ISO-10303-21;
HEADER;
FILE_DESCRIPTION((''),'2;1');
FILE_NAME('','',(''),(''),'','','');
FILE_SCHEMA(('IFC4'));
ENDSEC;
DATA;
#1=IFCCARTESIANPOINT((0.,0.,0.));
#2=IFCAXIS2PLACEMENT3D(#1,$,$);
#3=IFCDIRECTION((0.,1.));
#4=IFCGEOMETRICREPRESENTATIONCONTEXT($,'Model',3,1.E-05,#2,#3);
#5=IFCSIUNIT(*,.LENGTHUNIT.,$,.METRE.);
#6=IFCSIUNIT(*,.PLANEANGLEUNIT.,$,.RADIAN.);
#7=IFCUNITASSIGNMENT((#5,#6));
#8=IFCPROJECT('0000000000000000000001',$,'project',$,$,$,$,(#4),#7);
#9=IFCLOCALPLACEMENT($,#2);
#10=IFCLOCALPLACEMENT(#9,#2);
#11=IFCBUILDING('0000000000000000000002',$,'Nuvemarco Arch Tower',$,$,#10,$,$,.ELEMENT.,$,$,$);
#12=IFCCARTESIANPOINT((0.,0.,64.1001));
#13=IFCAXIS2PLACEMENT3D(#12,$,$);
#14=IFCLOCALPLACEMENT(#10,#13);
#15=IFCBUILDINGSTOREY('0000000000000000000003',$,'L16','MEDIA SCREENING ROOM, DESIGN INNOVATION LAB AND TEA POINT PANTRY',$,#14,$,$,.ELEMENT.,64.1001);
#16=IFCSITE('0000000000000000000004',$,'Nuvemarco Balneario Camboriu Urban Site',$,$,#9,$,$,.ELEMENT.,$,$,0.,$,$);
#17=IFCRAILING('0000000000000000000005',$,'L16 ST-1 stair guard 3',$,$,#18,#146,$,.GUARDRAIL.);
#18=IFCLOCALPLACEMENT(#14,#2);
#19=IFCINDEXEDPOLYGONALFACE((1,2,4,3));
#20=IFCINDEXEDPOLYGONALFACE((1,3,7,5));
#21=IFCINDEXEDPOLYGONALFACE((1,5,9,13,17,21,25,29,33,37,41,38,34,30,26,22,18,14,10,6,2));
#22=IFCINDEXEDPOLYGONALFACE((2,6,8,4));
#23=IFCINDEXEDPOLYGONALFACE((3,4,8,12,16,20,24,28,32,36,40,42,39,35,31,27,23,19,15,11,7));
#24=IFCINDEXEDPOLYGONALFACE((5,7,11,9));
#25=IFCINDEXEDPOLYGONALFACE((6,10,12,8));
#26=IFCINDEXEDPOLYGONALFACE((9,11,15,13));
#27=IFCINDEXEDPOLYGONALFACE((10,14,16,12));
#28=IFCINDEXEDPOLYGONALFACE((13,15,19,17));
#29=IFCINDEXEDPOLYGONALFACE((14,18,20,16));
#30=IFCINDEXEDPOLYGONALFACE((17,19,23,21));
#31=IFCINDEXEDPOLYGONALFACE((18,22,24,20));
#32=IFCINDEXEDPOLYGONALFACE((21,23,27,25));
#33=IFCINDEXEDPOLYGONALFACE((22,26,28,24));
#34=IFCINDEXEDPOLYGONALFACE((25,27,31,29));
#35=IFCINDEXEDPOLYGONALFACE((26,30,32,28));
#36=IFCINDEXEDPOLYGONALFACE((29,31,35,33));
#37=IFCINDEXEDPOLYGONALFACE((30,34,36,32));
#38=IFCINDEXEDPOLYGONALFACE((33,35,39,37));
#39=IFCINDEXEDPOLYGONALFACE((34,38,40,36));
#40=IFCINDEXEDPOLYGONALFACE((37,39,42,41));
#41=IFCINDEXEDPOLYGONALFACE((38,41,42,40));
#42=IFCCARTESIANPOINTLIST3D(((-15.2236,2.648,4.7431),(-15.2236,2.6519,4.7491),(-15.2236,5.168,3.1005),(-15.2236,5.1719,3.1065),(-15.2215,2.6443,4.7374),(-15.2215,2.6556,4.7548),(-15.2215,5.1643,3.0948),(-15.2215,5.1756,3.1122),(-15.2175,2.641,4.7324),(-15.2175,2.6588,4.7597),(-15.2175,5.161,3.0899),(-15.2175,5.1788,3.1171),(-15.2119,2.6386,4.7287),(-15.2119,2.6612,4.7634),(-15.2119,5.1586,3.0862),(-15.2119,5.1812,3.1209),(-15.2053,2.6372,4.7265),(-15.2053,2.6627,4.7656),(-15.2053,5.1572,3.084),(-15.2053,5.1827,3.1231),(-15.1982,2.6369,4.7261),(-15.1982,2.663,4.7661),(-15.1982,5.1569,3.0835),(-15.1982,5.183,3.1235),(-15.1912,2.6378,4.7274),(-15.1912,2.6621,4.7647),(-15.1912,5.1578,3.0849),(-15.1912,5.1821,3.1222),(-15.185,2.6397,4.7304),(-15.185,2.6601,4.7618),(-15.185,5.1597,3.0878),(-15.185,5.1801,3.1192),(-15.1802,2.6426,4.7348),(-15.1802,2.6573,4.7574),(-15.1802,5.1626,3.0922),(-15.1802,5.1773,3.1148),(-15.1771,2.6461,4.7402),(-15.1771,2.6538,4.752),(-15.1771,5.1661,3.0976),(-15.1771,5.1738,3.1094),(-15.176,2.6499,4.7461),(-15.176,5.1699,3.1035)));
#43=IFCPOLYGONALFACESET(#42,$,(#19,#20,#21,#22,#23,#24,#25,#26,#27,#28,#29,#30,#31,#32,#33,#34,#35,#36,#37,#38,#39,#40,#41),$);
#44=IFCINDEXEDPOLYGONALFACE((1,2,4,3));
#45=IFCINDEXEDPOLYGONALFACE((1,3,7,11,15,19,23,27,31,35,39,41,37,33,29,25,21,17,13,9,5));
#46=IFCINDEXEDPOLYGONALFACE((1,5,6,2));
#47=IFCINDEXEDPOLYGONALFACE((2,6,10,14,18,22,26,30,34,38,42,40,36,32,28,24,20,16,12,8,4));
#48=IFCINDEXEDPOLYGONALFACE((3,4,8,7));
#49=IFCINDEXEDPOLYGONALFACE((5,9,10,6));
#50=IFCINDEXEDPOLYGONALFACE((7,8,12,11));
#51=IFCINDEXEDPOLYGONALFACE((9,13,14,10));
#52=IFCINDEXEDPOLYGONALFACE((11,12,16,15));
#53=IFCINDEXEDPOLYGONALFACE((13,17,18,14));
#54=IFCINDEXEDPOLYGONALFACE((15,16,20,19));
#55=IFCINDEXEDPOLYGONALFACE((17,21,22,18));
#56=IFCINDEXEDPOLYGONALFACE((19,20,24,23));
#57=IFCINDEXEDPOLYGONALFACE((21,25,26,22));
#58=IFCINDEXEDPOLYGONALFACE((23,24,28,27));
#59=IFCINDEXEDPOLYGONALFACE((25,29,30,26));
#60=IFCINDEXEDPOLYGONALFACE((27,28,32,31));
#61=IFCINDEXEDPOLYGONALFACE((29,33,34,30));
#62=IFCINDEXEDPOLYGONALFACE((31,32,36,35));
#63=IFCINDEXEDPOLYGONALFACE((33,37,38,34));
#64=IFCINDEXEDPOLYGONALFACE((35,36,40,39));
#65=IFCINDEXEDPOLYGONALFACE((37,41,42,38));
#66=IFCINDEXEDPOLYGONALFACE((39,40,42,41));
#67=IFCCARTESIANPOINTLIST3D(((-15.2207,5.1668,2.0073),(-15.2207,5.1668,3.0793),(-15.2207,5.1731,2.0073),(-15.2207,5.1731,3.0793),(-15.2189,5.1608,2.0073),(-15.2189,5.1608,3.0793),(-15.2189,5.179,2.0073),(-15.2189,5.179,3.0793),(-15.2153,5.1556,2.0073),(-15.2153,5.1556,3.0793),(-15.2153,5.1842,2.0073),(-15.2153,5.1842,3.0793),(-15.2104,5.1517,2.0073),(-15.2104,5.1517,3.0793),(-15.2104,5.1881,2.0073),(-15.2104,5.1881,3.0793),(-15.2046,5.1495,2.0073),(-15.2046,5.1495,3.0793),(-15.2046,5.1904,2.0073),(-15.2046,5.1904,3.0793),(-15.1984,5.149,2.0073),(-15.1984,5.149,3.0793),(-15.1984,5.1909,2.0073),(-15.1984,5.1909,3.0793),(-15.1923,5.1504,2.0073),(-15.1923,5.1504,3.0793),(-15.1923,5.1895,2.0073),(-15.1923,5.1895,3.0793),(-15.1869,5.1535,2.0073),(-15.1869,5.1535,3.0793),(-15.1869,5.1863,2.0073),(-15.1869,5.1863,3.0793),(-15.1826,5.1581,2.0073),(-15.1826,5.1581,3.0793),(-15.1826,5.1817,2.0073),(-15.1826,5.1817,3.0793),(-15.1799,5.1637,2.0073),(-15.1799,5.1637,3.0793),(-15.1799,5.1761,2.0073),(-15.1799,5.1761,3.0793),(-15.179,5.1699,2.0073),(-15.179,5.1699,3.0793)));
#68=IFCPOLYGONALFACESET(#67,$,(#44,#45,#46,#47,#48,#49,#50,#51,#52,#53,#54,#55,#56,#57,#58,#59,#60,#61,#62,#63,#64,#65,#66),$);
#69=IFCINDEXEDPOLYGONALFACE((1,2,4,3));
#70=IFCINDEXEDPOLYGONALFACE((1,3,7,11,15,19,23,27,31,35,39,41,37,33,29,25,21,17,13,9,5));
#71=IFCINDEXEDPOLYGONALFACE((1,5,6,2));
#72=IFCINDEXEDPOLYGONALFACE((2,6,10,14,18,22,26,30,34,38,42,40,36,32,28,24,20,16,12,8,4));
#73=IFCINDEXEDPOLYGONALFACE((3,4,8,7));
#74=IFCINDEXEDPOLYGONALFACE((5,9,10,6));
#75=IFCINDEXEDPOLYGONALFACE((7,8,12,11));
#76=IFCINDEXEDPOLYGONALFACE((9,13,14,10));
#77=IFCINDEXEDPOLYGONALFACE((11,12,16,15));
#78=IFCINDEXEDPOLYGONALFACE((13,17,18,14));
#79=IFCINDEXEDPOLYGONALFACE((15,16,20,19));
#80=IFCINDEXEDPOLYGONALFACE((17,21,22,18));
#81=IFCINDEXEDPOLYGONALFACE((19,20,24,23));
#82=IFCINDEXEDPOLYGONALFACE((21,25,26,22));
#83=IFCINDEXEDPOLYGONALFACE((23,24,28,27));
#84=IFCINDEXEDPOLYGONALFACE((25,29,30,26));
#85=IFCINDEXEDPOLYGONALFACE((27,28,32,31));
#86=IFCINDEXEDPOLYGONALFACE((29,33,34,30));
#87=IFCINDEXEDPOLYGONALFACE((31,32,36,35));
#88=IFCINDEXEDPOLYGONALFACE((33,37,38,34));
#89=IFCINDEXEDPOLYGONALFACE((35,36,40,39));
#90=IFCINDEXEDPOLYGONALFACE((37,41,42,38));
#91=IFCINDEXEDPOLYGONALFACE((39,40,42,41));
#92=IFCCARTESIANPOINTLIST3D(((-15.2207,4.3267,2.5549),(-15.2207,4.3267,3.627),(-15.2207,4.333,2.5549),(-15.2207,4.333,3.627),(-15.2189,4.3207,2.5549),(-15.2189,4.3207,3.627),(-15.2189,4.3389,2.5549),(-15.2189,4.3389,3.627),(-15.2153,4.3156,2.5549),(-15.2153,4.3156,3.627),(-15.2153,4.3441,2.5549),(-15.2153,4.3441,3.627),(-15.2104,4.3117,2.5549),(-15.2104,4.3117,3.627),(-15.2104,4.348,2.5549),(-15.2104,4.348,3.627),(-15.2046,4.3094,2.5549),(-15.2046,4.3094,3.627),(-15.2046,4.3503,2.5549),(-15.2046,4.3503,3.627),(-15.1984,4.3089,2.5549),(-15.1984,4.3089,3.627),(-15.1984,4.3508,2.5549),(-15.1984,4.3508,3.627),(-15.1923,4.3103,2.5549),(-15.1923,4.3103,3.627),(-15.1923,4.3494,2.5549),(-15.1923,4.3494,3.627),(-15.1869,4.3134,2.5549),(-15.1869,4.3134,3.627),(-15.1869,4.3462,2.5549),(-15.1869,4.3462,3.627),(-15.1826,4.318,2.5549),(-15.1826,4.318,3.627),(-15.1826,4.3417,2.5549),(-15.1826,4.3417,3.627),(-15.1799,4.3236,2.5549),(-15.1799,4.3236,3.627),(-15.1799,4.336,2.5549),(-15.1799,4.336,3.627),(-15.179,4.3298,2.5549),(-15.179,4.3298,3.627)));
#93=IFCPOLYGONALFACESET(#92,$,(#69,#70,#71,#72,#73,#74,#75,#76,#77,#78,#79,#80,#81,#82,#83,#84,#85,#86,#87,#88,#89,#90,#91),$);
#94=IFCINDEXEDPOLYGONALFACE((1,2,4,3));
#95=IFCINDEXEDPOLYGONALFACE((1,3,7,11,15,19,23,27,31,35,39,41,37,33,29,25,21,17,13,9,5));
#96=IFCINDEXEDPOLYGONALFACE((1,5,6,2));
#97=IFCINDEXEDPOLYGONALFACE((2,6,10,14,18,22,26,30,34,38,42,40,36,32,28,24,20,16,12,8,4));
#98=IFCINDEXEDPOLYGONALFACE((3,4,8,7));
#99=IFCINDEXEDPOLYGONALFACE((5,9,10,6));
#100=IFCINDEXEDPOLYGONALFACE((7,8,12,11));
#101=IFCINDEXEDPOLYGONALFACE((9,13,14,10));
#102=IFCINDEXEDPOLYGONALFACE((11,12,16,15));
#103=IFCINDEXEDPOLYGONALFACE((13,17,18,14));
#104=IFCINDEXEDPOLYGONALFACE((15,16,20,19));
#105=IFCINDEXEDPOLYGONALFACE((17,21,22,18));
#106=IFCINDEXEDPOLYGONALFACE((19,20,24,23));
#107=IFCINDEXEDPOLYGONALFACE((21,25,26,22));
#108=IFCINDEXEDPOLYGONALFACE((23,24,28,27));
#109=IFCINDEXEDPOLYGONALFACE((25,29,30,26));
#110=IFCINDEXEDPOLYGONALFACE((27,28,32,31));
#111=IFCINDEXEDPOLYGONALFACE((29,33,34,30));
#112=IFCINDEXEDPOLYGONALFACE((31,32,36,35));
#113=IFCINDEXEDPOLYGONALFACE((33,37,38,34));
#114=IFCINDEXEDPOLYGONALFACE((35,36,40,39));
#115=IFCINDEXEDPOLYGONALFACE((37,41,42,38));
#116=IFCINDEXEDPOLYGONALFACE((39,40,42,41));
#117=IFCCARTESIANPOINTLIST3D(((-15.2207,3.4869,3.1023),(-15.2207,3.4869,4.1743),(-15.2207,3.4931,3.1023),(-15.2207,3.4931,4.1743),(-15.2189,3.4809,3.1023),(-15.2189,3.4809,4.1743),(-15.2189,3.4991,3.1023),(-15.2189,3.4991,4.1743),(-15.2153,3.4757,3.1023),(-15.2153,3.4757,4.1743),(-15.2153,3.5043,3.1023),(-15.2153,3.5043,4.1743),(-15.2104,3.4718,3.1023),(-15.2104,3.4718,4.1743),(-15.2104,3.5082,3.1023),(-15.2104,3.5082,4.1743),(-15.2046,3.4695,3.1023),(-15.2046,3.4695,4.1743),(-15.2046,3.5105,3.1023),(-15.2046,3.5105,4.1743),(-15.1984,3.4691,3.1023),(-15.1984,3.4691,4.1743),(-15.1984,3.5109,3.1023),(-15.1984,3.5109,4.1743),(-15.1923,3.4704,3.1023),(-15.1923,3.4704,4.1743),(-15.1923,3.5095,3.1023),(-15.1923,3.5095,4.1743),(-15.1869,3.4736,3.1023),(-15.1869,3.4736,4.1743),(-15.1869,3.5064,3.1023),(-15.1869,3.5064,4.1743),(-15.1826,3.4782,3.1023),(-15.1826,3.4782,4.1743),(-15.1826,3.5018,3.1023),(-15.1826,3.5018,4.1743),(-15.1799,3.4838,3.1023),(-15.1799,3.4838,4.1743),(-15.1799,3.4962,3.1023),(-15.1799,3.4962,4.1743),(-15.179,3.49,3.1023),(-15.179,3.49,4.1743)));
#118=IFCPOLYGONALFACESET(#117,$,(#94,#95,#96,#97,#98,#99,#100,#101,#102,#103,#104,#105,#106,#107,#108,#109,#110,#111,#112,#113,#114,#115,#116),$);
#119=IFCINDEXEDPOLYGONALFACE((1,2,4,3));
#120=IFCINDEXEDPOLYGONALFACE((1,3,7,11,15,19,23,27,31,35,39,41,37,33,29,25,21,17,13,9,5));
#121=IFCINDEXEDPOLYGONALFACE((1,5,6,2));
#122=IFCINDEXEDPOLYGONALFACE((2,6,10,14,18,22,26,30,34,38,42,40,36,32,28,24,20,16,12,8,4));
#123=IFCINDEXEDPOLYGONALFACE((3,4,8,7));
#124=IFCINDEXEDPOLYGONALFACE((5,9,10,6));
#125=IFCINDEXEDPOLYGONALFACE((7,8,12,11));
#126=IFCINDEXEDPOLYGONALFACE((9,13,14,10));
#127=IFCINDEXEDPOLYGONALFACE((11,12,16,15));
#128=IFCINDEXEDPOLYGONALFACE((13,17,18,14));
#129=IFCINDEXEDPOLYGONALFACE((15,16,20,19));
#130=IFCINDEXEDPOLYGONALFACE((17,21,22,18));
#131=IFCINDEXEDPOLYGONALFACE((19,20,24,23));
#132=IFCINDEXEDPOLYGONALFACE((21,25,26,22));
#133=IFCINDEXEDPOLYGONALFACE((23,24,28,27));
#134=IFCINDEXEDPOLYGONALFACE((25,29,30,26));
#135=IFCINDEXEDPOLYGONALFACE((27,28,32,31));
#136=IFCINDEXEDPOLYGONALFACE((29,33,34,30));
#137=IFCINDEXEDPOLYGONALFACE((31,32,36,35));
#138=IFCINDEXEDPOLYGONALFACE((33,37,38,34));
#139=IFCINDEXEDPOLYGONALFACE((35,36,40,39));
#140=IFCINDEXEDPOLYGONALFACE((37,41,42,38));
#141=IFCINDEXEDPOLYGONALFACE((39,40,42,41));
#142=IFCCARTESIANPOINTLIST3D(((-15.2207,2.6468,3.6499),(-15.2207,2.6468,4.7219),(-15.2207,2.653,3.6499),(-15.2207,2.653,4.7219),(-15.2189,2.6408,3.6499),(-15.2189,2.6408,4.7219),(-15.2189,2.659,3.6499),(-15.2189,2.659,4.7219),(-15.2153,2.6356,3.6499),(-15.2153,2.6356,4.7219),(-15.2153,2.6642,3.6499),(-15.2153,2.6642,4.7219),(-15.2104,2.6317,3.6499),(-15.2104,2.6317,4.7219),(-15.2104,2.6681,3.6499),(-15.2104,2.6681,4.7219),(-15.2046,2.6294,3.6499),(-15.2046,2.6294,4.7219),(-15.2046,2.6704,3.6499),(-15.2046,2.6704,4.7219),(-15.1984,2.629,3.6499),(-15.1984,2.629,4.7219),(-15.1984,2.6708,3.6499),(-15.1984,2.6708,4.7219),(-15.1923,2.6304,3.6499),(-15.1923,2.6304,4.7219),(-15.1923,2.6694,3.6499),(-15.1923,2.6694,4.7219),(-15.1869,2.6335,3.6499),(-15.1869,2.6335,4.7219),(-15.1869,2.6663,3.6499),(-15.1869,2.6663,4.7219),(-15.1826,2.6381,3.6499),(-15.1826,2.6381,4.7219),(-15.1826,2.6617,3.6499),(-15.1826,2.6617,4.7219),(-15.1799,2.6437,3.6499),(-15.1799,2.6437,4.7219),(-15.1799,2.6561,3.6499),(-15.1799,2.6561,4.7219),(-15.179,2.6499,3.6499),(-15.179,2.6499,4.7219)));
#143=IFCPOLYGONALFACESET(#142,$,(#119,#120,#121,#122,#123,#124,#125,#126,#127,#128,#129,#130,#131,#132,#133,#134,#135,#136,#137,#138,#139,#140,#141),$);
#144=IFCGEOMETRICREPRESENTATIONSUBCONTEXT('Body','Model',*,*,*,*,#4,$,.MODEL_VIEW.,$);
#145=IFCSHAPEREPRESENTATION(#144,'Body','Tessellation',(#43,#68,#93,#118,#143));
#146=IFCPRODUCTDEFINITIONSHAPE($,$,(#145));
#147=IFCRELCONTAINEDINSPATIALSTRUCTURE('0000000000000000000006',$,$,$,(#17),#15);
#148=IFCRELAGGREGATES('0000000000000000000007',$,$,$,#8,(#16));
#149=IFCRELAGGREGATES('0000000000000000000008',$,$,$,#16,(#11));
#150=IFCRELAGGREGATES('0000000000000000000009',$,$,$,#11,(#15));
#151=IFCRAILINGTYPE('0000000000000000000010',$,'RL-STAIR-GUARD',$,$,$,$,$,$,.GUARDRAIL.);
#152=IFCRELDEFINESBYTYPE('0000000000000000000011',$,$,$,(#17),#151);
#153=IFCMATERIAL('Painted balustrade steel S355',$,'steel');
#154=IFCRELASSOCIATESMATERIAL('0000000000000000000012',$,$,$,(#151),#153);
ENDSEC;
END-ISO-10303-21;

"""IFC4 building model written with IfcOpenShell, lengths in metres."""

from ifc_helpers import new_model, si_unit, direction, frame, origin, origin_2d, place, context, subcontext, project, spatial, circle, extrude, material, type_object, element, save


model = new_model("IFC4")

# Units and contexts
model_context = context("Model", 3, precision=1e-05, world=origin(), true_north=direction((0.0, 1.0)))
body_context = subcontext(model_context, "Body", "Model", "MODEL_VIEW")
ifc_project = project(units=[si_unit("LENGTHUNIT", "METRE"), si_unit("PLANEANGLEUNIT", "RADIAN")], contexts=[model_context])

# Site, building, storey
site_placement = place(None, origin())
site = spatial("IfcSite", under=ifc_project, at=site_placement, Name="Nuvemarco Balneario Camboriu Urban Site", CompositionType="ELEMENT", RefElevation=0.0)
building_placement = place(site_placement, origin())
building = spatial("IfcBuilding", under=site, at=building_placement, Name="Nuvemarco Arch Tower", CompositionType="ELEMENT")
storey_placement = place(building_placement, frame((0.0, 0.0, 64.1001)))
storey = spatial("IfcBuildingStorey", under=building, at=storey_placement, Name="L16", Description="MEDIA SCREENING ROOM, DESIGN INNOVATION LAB AND TEA POINT PANTRY", CompositionType="ELEMENT", Elevation=64.1001)

# Railing
ifc_material_1 = material(Name="Painted balustrade steel S355", Category="steel")
railing_type_1 = type_object("IfcRailingType", Name="RL-STAIR-GUARD", PredefinedType="GUARDRAIL", material=ifc_material_1)
railing_1_placement = place(storey_placement, frame((-15.2, 5.1699, 2.0073)))
element("IfcRailing", 1, at=railing_1_placement, inside=storey, type_object=railing_type_1, Name="L16 ST-1 stair guard 3", PredefinedType="GUARDRAIL", context=body_context, shape_type="SweptSolid", body=[
    extrude(circle(Radius=0.0239, at=origin_2d()), frame((0.0, 0.0, 1.0962), z_axis=(0.0, -0.837749, 0.546055), x_axis=(1.0, 0.0, 0.0)), (0.0, 0.0, 1.0), 3.0081),
    extrude(circle(Radius=0.021, at=origin_2d()), origin(), (0.0, 0.0, 1.0), 1.072),
    extrude(circle(Radius=0.021, at=origin_2d()), frame((0.0, -0.8401, 0.5476)), (0.0, 0.0, 1.0), 1.072),
    extrude(circle(Radius=0.021, at=origin_2d()), frame((0.0, -1.6799, 1.095)), (0.0, 0.0, 1.0), 1.072),
    extrude(circle(Radius=0.021, at=origin_2d()), frame((0.0, -2.52, 1.6426)), (0.0, 0.0, 1.0), 1.072),
])

save(model, "model.ifc")
